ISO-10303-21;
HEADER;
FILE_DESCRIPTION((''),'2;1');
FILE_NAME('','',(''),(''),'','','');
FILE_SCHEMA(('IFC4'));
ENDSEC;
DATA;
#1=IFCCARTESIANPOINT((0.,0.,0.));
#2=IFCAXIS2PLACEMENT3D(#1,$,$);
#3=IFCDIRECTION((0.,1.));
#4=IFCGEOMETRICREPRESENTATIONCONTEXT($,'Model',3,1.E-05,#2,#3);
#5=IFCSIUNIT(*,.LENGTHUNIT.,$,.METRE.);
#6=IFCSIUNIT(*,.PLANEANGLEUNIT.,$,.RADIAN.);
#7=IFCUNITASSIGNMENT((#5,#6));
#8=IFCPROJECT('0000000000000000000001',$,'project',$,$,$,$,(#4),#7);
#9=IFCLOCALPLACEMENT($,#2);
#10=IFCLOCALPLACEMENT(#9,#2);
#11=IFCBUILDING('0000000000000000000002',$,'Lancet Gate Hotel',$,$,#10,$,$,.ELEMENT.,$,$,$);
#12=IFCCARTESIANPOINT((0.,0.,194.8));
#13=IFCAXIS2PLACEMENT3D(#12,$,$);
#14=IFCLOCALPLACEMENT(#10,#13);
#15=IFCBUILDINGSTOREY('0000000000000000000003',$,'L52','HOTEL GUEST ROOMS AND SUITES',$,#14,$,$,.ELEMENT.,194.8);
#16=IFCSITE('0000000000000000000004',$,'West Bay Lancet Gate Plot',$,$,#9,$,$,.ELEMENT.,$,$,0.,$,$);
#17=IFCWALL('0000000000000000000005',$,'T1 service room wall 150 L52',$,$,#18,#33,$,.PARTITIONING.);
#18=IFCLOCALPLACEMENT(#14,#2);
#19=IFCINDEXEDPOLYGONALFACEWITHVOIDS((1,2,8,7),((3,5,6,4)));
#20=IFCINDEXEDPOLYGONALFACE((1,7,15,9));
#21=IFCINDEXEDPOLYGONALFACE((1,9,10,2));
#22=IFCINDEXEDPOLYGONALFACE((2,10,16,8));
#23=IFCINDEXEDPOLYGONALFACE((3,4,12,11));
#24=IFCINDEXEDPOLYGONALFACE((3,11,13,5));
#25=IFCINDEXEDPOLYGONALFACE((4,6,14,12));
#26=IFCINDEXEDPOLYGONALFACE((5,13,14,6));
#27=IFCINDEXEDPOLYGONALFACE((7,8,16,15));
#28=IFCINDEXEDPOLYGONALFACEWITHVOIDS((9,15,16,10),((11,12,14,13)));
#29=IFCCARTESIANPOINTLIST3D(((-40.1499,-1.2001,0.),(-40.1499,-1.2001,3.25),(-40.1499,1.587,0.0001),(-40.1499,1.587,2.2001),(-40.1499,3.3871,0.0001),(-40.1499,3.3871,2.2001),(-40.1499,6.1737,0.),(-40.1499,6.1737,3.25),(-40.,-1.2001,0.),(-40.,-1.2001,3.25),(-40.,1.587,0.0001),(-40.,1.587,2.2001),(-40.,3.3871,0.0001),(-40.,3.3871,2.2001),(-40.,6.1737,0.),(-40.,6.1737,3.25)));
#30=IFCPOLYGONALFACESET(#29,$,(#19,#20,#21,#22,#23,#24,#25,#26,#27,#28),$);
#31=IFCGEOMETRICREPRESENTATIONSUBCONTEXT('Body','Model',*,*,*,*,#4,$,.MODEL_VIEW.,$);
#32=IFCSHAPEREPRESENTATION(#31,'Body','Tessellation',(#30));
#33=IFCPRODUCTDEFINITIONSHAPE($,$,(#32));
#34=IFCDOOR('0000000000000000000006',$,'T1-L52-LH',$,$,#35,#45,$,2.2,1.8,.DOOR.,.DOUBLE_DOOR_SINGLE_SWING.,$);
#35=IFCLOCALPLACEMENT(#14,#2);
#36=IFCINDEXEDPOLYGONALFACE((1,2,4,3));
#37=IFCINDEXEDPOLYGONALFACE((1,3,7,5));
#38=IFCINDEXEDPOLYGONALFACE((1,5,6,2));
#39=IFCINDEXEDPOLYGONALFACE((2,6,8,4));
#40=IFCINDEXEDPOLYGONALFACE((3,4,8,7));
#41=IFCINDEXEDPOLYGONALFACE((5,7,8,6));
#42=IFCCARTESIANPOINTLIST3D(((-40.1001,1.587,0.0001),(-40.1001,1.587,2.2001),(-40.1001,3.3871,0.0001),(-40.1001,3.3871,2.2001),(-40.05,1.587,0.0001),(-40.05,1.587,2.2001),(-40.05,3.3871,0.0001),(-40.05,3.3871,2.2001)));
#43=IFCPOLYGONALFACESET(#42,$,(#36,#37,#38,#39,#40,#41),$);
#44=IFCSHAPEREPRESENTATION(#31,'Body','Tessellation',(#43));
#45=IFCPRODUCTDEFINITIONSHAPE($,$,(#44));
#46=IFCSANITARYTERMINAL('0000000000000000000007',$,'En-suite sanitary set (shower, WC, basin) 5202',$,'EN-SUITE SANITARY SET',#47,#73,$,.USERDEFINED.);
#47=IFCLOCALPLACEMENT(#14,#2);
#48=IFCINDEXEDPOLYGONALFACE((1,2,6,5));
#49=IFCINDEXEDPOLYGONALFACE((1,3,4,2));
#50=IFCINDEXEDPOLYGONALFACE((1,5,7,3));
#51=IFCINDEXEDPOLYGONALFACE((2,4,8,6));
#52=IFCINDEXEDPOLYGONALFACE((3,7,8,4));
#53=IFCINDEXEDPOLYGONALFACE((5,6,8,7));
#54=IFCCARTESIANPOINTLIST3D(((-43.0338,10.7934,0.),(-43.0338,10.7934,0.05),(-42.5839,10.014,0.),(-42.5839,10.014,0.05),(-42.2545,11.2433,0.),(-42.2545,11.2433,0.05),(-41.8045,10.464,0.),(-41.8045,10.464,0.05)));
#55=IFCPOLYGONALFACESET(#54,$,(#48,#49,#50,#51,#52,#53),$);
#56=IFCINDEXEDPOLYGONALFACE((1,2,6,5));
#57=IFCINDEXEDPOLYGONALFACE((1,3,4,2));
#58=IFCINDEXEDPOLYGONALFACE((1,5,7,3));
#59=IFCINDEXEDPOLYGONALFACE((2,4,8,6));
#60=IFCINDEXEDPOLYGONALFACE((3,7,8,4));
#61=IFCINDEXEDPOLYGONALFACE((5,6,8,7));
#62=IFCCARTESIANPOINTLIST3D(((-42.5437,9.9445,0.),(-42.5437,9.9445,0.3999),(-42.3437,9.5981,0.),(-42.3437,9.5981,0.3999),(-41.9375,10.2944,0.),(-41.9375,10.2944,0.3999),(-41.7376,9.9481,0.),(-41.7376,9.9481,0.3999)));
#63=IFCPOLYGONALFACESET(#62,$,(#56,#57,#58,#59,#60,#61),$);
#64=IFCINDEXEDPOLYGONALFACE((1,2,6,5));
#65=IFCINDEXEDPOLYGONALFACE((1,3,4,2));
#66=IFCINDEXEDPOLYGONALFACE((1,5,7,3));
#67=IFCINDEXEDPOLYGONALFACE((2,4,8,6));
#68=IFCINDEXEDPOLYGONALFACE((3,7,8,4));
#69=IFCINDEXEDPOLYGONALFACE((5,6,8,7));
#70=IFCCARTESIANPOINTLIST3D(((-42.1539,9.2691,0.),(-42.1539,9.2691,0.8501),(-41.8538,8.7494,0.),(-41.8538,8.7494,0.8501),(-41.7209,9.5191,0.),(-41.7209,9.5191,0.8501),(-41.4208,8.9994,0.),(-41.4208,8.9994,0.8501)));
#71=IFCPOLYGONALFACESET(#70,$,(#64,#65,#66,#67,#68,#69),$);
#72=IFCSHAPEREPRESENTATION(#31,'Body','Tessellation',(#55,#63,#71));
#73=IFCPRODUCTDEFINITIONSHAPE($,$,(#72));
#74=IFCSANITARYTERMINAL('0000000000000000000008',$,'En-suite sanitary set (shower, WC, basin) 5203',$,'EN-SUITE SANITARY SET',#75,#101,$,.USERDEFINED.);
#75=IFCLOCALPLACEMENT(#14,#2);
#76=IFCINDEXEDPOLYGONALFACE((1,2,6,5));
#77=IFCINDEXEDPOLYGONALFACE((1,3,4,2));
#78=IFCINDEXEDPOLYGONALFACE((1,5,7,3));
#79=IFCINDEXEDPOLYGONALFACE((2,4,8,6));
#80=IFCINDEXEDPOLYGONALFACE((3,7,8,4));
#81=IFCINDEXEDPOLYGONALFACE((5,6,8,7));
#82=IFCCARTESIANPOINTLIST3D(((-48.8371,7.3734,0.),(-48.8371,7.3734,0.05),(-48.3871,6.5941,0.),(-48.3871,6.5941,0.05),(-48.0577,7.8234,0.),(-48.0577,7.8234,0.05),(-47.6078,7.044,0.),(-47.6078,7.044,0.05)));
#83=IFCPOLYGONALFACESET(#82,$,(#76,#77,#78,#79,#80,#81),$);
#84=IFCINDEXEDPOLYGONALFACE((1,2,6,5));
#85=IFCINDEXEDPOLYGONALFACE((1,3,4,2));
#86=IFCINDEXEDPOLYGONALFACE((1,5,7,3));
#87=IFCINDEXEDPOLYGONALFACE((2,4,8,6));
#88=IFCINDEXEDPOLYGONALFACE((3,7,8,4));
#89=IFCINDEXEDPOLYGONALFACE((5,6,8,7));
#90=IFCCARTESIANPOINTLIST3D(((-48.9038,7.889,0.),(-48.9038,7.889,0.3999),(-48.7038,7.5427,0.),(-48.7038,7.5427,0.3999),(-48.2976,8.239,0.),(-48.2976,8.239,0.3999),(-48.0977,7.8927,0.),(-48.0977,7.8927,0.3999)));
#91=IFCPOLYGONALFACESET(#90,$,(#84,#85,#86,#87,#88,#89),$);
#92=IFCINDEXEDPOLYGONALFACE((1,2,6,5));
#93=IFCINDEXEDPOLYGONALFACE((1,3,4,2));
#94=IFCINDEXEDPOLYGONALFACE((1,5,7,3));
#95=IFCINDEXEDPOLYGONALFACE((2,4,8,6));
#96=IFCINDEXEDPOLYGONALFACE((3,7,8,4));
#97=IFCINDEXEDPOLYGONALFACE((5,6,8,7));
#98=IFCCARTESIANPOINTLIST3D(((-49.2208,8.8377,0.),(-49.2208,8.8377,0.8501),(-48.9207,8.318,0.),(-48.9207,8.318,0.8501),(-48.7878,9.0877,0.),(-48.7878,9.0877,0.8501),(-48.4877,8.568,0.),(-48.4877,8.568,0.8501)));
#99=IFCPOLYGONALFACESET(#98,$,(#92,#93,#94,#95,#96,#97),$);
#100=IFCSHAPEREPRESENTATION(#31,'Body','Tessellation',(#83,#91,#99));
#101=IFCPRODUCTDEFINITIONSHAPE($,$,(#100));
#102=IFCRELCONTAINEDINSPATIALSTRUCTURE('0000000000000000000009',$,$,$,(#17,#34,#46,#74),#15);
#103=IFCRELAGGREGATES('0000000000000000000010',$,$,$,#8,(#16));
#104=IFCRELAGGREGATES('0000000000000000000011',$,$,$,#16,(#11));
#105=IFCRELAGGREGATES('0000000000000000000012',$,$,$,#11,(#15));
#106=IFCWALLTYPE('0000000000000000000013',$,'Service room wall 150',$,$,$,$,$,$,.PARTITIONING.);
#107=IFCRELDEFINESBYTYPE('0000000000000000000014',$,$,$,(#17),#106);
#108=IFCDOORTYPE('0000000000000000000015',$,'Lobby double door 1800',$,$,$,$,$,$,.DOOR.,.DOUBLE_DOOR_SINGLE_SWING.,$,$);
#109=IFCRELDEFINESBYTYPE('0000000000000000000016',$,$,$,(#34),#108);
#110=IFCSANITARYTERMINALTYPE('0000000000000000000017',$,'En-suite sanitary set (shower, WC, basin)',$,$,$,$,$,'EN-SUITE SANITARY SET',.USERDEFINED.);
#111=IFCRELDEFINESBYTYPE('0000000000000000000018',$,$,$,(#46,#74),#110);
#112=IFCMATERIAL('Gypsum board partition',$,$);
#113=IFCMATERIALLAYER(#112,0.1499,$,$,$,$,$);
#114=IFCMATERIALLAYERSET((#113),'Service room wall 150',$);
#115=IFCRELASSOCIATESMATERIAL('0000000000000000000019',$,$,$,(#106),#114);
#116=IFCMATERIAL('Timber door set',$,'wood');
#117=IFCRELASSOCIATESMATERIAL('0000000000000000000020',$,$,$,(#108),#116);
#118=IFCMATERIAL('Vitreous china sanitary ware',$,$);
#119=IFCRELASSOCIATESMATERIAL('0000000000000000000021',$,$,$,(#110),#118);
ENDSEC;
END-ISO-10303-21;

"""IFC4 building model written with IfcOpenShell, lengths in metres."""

from ifc_helpers import new_model, si_unit, direction, frame, frame_2d, origin, origin_2d, place, context, subcontext, project, spatial, rectangle, extrude, material, layer, layer_set, type_object, element, fill, save


model = new_model("IFC4")

# Units and contexts
model_context = context("Model", 3, precision=1e-05, world=origin(), true_north=direction((0.0, 1.0)))
body_context = subcontext(model_context, "Body", "Model", "MODEL_VIEW")
ifc_project = project(units=[si_unit("LENGTHUNIT", "METRE"), si_unit("PLANEANGLEUNIT", "RADIAN")], contexts=[model_context])

# Site, building, storey
site_placement = place(None, origin())
site = spatial("IfcSite", under=ifc_project, at=site_placement, Name="West Bay Lancet Gate Plot", CompositionType="ELEMENT", RefElevation=0.0)
building_placement = place(site_placement, origin())
building = spatial("IfcBuilding", under=site, at=building_placement, Name="Lancet Gate Hotel", CompositionType="ELEMENT")
storey_placement = place(building_placement, frame((0.0, 0.0, 194.8)))
storey = spatial("IfcBuildingStorey", under=building, at=storey_placement, Name="L52", Description="HOTEL GUEST ROOMS AND SUITES", CompositionType="ELEMENT", Elevation=194.8)

# Wall, opening, door
ifc_material_1 = material(Name="Gypsum board partition")
ifc_layer_1 = layer(ifc_material_1, 0.1499)
ifc_layer_set_1 = layer_set([ifc_layer_1], Name="Service room wall 150")
wall_type_1 = type_object("IfcWallType", Name="Service room wall 150", PredefinedType="PARTITIONING", material=ifc_layer_set_1)
wall_1_placement = place(storey_placement, frame((-40.075, 6.1738, 0.0), z_axis=(0.0, 0.0, 1.0), x_axis=(0.0, -1.0, 0.0)))
wall_1 = element("IfcWall", 1, at=wall_1_placement, inside=storey, type_object=wall_type_1, Name="T1 service room wall 150 L52", PredefinedType="PARTITIONING", context=body_context, shape_type="SweptSolid", body=[
    extrude(rectangle(XDim=7.3738, YDim=0.1499, at=frame_2d((3.687, 0.0))), origin(), (0.0, 0.0, 1.0), 3.25),
])
opening_1_placement = place(wall_1_placement, frame((2.7869, 0.0, 0.0)))
opening_1 = element("IfcOpeningElement", 2, at=opening_1_placement, cuts=wall_1, PredefinedType="OPENING", context=body_context, shape_type="SweptSolid", body=[
    extrude(rectangle(XDim=1.8, YDim=2.2, at=frame_2d((0.8999, 1.1001))), frame((0.0, 0.085, 0.0), z_axis=(0.0, -1.0, 0.0), x_axis=(1.0, 0.0, 0.0)), (0.0, 0.0, 1.0), 0.1699),
])
ifc_material_2 = material(Name="Timber door set", Category="wood")
door_type_1 = type_object("IfcDoorType", Name="Lobby double door 1800", OperationType="DOUBLE_DOOR_SINGLE_SWING", PredefinedType="DOOR", material=ifc_material_2)
door_1_placement = place(opening_1_placement, origin())
door_1 = element("IfcDoor", 3, at=door_1_placement, inside=storey, type_object=door_type_1, Name="T1-L52-LH", OperationType="DOUBLE_DOOR_SINGLE_SWING", OverallHeight=2.2, OverallWidth=1.8, PredefinedType="DOOR", context=body_context, shape_type="SweptSolid", body=[
    extrude(rectangle(XDim=1.8, YDim=2.2, at=frame_2d((0.8999, 1.1001))), frame((0.0, 0.0249, 0.0), z_axis=(0.0, -1.0, 0.0), x_axis=(1.0, 0.0, 0.0)), (0.0, 0.0, 1.0), 0.05),
])
fill(opening_1, door_1)

# Sanitary terminals
ifc_material_3 = material(Name="Vitreous china sanitary ware")
sanitary_terminal_type = type_object("IfcSanitaryTerminalType", Name="En-suite sanitary set (shower, WC, basin)", ElementType="EN-SUITE SANITARY SET", PredefinedType="USERDEFINED", material=ifc_material_3)
sanitary_terminal_1_placement = place(storey_placement, frame((-42.4192, 10.6287, 0.0), z_axis=(0.0, 0.0, 1.0), x_axis=(1.0, 0.0, 0.0)))
element("IfcSanitaryTerminal", 4, at=sanitary_terminal_1_placement, inside=storey, type_object=sanitary_terminal_type, Name="En-suite sanitary set (shower, WC, basin) 5202", ObjectType="EN-SUITE SANITARY SET", PredefinedType="USERDEFINED", context=body_context, shape_type="SweptSolid", body=[
    extrude(rectangle(XDim=0.8999, YDim=0.8999, at=origin_2d()), frame((0.0, 0.0, 0.0), z_axis=(0.0, 0.0, 1.0), x_axis=(-0.5, 0.866025, 0.0)), (0.0, 0.0, 1.0), 0.05),
    extrude(rectangle(XDim=0.3999, YDim=0.7, at=origin_2d()), frame((0.2786, -0.6824, 0.0), z_axis=(0.0, 0.0, 1.0), x_axis=(-0.5, 0.866025, 0.0)), (0.0, 0.0, 1.0), 0.3999),
    extrude(rectangle(XDim=0.6001, YDim=0.5, at=origin_2d()), frame((0.6318, -1.4944, 0.0), z_axis=(0.0, 0.0, 1.0), x_axis=(-0.5, 0.866025, 0.0)), (0.0, 0.0, 1.0), 0.8501),
])
sanitary_terminal_2_placement = place(storey_placement, frame((-48.2224, 7.2087, 0.0), z_axis=(0.0, 0.0, 1.0), x_axis=(1.0, 0.0, 0.0)))
element("IfcSanitaryTerminal", 5, at=sanitary_terminal_2_placement, inside=storey, type_object=sanitary_terminal_type, Name="En-suite sanitary set (shower, WC, basin) 5203", ObjectType="EN-SUITE SANITARY SET", PredefinedType="USERDEFINED", context=body_context, shape_type="SweptSolid", body=[
    extrude(rectangle(XDim=0.8999, YDim=0.8999, at=origin_2d()), frame((0.0, 0.0, 0.0), z_axis=(0.0, 0.0, 1.0), x_axis=(0.5, -0.866025, 0.0)), (0.0, 0.0, 1.0), 0.05),
    extrude(rectangle(XDim=0.3999, YDim=0.7, at=origin_2d()), frame((-0.2783, 0.6821, 0.0), z_axis=(0.0, 0.0, 1.0), x_axis=(0.5, -0.866025, 0.0)), (0.0, 0.0, 1.0), 0.3999),
    extrude(rectangle(XDim=0.6001, YDim=0.5, at=origin_2d()), frame((-0.6318, 1.4941, 0.0), z_axis=(0.0, 0.0, 1.0), x_axis=(0.5, -0.866025, 0.0)), (0.0, 0.0, 1.0), 0.8501),
])

save(model, "model.ifc")
